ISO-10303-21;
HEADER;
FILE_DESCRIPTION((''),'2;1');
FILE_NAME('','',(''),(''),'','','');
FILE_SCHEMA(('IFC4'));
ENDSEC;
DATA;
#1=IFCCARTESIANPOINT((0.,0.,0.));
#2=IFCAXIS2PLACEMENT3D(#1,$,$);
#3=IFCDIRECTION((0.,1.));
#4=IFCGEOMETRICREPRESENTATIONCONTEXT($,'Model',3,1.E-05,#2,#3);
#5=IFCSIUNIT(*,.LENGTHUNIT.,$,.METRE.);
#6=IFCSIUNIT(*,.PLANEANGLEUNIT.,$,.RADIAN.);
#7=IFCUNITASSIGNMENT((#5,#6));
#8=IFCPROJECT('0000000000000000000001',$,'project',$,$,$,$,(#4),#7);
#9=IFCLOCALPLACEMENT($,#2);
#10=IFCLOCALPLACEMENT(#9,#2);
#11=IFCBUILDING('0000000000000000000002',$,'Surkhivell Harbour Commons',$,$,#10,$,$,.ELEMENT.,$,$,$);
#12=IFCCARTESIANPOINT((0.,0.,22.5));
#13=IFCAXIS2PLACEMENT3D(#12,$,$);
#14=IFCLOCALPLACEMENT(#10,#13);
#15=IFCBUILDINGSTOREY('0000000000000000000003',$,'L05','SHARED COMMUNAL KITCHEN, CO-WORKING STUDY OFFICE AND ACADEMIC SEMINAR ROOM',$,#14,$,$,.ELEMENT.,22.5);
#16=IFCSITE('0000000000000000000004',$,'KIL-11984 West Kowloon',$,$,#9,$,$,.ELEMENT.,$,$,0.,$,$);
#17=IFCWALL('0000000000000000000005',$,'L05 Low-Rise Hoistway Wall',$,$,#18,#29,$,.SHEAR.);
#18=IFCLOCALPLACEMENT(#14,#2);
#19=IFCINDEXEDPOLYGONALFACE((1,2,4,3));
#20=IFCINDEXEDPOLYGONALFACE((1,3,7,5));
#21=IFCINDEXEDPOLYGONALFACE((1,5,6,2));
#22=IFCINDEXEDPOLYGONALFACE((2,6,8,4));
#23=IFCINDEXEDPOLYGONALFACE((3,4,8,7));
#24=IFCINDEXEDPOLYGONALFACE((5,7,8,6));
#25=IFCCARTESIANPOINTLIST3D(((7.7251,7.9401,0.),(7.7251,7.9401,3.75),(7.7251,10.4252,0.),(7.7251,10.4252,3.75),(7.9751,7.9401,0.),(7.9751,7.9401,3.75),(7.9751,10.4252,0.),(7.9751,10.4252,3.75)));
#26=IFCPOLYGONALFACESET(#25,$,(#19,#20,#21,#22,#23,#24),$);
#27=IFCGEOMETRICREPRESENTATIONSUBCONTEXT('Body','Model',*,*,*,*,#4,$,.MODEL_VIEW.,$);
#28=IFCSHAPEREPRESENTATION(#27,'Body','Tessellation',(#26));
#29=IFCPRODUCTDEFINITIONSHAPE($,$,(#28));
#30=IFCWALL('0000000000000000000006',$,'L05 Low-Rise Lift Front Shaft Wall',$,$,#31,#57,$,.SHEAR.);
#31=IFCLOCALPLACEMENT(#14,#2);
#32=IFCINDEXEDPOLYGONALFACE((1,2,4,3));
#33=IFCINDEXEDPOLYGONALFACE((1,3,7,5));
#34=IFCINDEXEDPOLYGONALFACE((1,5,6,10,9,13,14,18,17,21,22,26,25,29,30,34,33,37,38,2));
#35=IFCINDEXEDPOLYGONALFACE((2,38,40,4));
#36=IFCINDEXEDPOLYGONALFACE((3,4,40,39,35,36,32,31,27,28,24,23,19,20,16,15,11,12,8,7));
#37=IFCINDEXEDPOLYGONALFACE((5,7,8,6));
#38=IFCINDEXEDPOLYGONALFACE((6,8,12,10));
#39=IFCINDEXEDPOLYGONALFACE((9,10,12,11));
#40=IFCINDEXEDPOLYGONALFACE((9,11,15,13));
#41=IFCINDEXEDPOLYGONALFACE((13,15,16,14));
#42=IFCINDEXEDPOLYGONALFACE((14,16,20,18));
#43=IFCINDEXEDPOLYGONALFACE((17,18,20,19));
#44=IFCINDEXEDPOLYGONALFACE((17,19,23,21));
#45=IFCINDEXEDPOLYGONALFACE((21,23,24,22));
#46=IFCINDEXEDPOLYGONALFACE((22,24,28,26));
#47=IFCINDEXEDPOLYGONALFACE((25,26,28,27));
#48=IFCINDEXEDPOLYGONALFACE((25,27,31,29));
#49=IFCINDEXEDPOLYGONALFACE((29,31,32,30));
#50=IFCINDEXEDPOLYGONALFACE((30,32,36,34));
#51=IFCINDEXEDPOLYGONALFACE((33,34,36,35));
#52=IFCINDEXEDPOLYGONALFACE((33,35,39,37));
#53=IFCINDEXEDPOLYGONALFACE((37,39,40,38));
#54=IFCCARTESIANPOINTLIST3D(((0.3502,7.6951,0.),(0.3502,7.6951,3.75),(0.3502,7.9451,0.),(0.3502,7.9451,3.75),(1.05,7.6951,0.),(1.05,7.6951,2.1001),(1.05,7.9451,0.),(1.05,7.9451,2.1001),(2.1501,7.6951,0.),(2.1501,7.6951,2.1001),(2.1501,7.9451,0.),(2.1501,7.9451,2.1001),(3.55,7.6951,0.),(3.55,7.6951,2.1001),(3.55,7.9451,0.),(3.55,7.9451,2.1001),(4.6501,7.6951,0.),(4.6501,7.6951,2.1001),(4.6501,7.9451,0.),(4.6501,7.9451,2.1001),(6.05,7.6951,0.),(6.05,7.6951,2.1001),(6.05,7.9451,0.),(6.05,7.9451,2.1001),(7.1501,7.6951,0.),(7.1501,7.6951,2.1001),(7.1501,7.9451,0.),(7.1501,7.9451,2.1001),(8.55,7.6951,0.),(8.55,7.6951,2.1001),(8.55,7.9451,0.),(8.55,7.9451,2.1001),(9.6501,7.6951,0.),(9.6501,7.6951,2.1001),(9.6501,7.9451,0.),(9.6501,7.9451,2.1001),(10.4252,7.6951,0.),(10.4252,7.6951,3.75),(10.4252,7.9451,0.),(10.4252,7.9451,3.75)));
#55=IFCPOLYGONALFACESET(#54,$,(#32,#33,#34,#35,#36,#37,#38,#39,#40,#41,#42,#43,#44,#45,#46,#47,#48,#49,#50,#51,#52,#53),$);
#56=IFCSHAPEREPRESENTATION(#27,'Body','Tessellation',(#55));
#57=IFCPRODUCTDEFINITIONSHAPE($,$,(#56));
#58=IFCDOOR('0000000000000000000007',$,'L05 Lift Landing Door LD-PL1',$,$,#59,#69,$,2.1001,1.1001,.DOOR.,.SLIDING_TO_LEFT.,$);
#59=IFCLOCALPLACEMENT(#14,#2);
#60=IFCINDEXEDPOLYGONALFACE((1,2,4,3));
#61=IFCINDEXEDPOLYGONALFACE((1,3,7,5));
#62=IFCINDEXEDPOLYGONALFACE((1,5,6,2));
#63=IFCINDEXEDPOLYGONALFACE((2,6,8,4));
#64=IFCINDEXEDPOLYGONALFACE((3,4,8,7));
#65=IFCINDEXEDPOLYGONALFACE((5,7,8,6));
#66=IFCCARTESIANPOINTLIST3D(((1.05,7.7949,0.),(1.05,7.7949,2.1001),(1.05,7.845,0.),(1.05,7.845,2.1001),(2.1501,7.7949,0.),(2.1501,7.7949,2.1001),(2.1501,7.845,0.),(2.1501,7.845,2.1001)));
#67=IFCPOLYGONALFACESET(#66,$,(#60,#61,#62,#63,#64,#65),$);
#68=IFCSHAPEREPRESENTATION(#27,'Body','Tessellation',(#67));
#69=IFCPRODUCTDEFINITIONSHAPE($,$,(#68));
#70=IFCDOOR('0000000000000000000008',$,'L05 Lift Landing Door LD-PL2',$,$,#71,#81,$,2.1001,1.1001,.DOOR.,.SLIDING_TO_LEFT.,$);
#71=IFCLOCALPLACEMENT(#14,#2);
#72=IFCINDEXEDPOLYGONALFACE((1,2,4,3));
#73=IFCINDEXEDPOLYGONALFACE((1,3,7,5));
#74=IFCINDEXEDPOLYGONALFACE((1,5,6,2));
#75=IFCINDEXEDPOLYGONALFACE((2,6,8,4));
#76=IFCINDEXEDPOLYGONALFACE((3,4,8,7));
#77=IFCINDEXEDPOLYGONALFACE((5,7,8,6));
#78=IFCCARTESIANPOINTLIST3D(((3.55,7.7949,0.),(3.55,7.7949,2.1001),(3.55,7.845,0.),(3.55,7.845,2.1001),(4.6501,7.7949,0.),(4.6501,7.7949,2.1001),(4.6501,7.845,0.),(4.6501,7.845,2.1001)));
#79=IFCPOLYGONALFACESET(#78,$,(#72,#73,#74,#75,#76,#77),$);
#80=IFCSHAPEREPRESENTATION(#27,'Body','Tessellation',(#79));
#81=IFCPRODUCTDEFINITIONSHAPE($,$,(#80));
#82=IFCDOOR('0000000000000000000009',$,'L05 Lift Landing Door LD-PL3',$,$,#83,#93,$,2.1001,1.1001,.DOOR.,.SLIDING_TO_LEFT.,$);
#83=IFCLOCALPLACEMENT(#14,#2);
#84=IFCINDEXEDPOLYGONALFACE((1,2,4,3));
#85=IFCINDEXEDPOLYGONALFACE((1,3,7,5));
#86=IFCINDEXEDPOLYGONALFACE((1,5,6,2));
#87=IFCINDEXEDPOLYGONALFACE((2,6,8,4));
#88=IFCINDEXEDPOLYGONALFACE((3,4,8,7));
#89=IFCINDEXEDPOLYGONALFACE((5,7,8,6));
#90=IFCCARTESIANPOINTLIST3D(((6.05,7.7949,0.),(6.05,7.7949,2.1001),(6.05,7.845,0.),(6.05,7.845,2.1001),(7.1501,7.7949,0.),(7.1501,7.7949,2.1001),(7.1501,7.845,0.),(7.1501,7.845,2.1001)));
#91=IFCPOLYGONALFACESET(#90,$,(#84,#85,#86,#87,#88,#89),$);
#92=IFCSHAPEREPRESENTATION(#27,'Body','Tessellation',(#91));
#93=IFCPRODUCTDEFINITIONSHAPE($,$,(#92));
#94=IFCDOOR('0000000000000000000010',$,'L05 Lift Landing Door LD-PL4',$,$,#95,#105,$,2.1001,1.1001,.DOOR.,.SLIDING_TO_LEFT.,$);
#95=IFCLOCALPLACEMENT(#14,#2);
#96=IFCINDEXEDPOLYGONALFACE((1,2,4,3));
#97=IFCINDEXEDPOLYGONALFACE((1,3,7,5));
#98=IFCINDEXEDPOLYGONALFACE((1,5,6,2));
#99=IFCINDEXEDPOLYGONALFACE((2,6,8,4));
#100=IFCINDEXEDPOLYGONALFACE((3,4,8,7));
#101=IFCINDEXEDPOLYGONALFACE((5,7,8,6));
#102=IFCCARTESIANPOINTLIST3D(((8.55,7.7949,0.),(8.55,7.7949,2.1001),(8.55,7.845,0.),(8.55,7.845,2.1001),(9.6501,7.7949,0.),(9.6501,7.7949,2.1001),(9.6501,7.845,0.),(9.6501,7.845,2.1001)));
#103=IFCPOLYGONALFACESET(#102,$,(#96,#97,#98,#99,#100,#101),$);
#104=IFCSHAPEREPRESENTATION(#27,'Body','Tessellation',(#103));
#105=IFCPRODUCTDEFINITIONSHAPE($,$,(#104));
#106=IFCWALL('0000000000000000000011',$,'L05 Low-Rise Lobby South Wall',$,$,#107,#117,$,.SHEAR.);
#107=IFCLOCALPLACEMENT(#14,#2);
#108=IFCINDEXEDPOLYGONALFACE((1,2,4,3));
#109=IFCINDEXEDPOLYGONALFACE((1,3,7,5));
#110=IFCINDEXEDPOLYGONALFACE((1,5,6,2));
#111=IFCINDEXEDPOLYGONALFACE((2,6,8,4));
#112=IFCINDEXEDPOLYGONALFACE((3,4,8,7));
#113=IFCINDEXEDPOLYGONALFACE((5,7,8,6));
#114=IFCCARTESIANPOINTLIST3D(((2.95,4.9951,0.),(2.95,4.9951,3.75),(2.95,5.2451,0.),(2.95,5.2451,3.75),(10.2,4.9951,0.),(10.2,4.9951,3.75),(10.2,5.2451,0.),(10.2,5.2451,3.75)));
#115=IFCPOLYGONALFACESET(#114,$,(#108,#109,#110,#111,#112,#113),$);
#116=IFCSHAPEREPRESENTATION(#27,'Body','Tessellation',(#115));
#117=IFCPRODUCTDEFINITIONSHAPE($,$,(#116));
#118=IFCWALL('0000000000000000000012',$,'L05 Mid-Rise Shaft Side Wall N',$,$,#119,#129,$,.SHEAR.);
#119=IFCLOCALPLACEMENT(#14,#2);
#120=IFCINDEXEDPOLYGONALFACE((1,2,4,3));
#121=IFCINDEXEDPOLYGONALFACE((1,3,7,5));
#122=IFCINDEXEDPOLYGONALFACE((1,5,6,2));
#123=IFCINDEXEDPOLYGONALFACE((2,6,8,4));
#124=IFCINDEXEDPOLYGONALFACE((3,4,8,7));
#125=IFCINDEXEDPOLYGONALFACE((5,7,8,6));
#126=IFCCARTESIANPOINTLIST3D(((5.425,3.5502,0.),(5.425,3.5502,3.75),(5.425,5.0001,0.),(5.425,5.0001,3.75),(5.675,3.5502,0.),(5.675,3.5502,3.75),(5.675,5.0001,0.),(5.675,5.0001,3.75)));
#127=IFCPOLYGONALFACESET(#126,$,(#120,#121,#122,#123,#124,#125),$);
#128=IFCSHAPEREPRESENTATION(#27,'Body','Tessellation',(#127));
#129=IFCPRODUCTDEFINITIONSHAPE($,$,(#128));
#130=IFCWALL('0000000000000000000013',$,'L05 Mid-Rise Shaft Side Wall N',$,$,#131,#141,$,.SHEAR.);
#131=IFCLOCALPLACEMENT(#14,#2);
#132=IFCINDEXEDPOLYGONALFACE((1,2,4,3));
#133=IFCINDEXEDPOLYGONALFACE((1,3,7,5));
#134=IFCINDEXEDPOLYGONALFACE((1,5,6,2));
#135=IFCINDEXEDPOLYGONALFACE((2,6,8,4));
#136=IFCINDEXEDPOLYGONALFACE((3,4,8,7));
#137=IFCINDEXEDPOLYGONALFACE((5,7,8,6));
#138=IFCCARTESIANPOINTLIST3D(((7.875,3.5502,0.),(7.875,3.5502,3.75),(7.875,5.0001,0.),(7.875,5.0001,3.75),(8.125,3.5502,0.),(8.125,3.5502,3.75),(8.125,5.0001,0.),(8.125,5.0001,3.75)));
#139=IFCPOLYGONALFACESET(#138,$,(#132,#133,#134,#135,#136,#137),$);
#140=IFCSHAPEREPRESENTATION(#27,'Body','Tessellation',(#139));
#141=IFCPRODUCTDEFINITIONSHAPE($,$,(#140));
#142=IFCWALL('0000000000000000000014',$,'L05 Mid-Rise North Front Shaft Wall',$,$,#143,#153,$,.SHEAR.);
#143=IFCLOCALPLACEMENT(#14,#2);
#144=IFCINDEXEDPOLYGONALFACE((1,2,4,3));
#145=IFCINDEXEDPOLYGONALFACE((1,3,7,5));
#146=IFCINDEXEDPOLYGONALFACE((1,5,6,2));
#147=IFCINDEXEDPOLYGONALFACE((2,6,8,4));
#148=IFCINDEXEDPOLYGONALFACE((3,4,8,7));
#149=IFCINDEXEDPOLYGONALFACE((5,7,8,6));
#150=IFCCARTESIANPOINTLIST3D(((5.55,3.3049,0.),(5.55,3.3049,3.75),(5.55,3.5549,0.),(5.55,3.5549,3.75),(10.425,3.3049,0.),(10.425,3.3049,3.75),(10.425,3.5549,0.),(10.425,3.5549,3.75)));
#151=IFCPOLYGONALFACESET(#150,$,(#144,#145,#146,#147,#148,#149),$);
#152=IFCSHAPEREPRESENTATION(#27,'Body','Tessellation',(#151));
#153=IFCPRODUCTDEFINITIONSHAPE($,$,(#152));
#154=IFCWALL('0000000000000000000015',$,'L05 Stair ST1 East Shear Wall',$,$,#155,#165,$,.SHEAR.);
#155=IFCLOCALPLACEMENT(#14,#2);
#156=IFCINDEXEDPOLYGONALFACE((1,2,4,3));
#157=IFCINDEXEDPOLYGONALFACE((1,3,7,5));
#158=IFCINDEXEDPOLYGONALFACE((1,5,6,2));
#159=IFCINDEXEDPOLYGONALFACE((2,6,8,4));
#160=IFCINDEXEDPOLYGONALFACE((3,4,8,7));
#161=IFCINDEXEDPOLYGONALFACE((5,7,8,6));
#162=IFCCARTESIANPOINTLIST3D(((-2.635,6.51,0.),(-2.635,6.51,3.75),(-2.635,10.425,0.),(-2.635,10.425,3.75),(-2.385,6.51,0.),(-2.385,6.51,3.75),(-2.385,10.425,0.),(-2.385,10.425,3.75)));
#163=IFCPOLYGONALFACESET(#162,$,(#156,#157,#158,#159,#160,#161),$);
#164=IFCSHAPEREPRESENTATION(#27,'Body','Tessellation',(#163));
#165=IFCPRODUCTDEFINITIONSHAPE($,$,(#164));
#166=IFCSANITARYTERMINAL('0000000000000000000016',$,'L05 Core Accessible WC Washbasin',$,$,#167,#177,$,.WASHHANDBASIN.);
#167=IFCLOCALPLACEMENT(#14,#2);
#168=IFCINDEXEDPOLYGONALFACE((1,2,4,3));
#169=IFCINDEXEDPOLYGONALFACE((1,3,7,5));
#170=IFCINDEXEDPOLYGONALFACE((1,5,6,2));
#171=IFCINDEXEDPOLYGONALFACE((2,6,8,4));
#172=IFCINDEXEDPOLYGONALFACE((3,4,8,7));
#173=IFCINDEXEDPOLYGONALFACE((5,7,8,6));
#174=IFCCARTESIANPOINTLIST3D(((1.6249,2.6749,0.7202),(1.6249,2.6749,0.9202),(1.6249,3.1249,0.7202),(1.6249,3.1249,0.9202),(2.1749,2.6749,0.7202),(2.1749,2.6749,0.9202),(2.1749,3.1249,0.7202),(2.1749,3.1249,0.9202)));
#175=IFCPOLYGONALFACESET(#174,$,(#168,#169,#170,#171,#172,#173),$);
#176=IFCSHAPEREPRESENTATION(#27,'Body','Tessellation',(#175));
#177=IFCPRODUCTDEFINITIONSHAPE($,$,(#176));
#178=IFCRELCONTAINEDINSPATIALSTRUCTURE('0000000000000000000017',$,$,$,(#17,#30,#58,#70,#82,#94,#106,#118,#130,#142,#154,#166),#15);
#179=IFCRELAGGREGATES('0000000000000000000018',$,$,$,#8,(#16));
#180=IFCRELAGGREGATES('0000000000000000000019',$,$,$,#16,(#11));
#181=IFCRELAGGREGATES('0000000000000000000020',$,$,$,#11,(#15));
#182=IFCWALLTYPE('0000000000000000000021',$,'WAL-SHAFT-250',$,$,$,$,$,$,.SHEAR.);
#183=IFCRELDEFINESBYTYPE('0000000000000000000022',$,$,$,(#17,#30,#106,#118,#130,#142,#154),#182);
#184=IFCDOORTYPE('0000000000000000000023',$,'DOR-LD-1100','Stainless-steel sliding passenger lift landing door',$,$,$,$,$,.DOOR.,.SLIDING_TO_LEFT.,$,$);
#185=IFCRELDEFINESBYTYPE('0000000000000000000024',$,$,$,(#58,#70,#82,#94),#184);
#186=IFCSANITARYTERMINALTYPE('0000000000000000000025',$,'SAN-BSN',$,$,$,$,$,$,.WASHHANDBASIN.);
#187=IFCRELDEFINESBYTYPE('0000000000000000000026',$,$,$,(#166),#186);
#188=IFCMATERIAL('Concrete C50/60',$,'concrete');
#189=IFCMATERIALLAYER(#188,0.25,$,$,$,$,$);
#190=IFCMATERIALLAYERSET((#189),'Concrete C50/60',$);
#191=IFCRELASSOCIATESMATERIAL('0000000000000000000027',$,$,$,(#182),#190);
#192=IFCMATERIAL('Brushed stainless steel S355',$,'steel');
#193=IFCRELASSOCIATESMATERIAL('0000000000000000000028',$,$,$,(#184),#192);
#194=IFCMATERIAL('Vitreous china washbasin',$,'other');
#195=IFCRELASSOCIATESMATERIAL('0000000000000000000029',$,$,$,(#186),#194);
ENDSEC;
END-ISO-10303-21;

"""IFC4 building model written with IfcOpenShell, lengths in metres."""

from ifc_helpers import new_model, si_unit, direction, frame, frame_2d, origin, origin_2d, place, context, subcontext, project, spatial, rectangle, extrude, material, layer, layer_set, type_object, element, fill, save


model = new_model("IFC4")

# Units and contexts
model_context = context("Model", 3, precision=1e-05, world=origin(), true_north=direction((0.0, 1.0)))
body_context = subcontext(model_context, "Body", "Model", "MODEL_VIEW")
ifc_project = project(units=[si_unit("LENGTHUNIT", "METRE"), si_unit("PLANEANGLEUNIT", "RADIAN")], contexts=[model_context])

# Site, building, storey
site_placement = place(None, origin())
site = spatial("IfcSite", under=ifc_project, at=site_placement, Name="KIL-11984 West Kowloon", CompositionType="ELEMENT", RefElevation=0.0)
building_placement = place(site_placement, origin())
building = spatial("IfcBuilding", under=site, at=building_placement, Name="Surkhivell Harbour Commons", CompositionType="ELEMENT")
storey_placement = place(building_placement, frame((0.0, 0.0, 22.5)))
storey = spatial("IfcBuildingStorey", under=building, at=storey_placement, Name="L05", Description="SHARED COMMUNAL KITCHEN, CO-WORKING STUDY OFFICE AND ACADEMIC SEMINAR ROOM", CompositionType="ELEMENT", Elevation=22.5)

# Wall
ifc_material_1 = material(Name="Concrete C50/60", Category="concrete")
ifc_layer_1 = layer(ifc_material_1, 0.25)
ifc_layer_set_1 = layer_set([ifc_layer_1], Name="Concrete C50/60")
wall_type_1 = type_object("IfcWallType", Name="WAL-SHAFT-250", PredefinedType="SHEAR", material=ifc_layer_set_1)
wall_1_placement = place(storey_placement, frame((7.8501, 7.9399, 0.0), z_axis=(0.0, 0.0, 1.0), x_axis=(0.0, 1.0, 0.0)))
element("IfcWall", 1, at=wall_1_placement, inside=storey, type_object=wall_type_1, Name="L05 Low-Rise Hoistway Wall", PredefinedType="SHEAR", context=body_context, shape_type="SweptSolid", body=[
    extrude(rectangle(XDim=2.4851, YDim=0.25, at=frame_2d((1.2427, 0.0))), origin(), (0.0, 0.0, 1.0), 3.75),
])

# Wall, openings, doors
wall_2_placement = place(storey_placement, frame((0.3501, 7.8201, 0.0), z_axis=(0.0, 0.0, 1.0), x_axis=(1.0, 0.0, 0.0)))
wall_2 = element("IfcWall", 2, at=wall_2_placement, inside=storey, type_object=wall_type_1, Name="L05 Low-Rise Lift Front Shaft Wall", PredefinedType="SHEAR", context=body_context, shape_type="SweptSolid", body=[
    extrude(rectangle(XDim=10.075, YDim=0.25, at=frame_2d((5.0376, 0.0))), origin(), (0.0, 0.0, 1.0), 3.75),
])
opening_1_placement = place(wall_2_placement, frame((0.7, 0.0, 0.0)))
opening_1 = element("IfcOpeningElement", 3, at=opening_1_placement, cuts=wall_2, PredefinedType="OPENING", context=body_context, shape_type="SweptSolid", body=[
    extrude(rectangle(XDim=1.1001, YDim=2.1001, at=frame_2d((0.55, 1.05))), frame((0.0, 0.135, 0.0), z_axis=(0.0, -1.0, 0.0), x_axis=(1.0, 0.0, 0.0)), (0.0, 0.0, 1.0), 0.27),
])
opening_2_placement = place(wall_2_placement, frame((3.2, 0.0, 0.0)))
opening_2 = element("IfcOpeningElement", 4, at=opening_2_placement, cuts=wall_2, PredefinedType="OPENING", context=body_context, shape_type="SweptSolid", body=[
    extrude(rectangle(XDim=1.1001, YDim=2.1001, at=frame_2d((0.55, 1.05))), frame((0.0, 0.135, 0.0), z_axis=(0.0, -1.0, 0.0), x_axis=(1.0, 0.0, 0.0)), (0.0, 0.0, 1.0), 0.27),
])
opening_3_placement = place(wall_2_placement, frame((5.7, 0.0, 0.0)))
opening_3 = element("IfcOpeningElement", 5, at=opening_3_placement, cuts=wall_2, PredefinedType="OPENING", context=body_context, shape_type="SweptSolid", body=[
    extrude(rectangle(XDim=1.1001, YDim=2.1001, at=frame_2d((0.55, 1.05))), frame((0.0, 0.135, 0.0), z_axis=(0.0, -1.0, 0.0), x_axis=(1.0, 0.0, 0.0)), (0.0, 0.0, 1.0), 0.27),
])
opening_4_placement = place(wall_2_placement, frame((8.2, 0.0, 0.0)))
opening_4 = element("IfcOpeningElement", 6, at=opening_4_placement, cuts=wall_2, PredefinedType="OPENING", context=body_context, shape_type="SweptSolid", body=[
    extrude(rectangle(XDim=1.1001, YDim=2.1001, at=frame_2d((0.55, 1.05))), frame((0.0, 0.135, 0.0), z_axis=(0.0, -1.0, 0.0), x_axis=(1.0, 0.0, 0.0)), (0.0, 0.0, 1.0), 0.27),
])
ifc_material_2 = material(Name="Brushed stainless steel S355", Category="steel")
door_type = type_object("IfcDoorType", Name="DOR-LD-1100", Description="Stainless-steel sliding passenger lift landing door", OperationType="SLIDING_TO_LEFT", PredefinedType="DOOR", material=ifc_material_2)
door_1_placement = place(opening_1_placement, origin())
door_1 = element("IfcDoor", 7, at=door_1_placement, inside=storey, type_object=door_type, Name="L05 Lift Landing Door LD-PL1", OperationType="SLIDING_TO_LEFT", OverallHeight=2.1001, OverallWidth=1.1001, PredefinedType="DOOR", context=body_context, shape_type="SweptSolid", body=[
    extrude(rectangle(XDim=1.1001, YDim=2.1001, at=frame_2d((0.55, 1.05))), frame((0.0, 0.0249, 0.0), z_axis=(0.0, -1.0, 0.0), x_axis=(1.0, 0.0, 0.0)), (0.0, 0.0, 1.0), 0.05),
])
fill(opening_1, door_1)
door_2_placement = place(opening_2_placement, origin())
door_2 = element("IfcDoor", 8, at=door_2_placement, inside=storey, type_object=door_type, Name="L05 Lift Landing Door LD-PL2", OperationType="SLIDING_TO_LEFT", OverallHeight=2.1001, OverallWidth=1.1001, PredefinedType="DOOR", context=body_context, shape_type="SweptSolid", body=[
    extrude(rectangle(XDim=1.1001, YDim=2.1001, at=frame_2d((0.55, 1.05))), frame((0.0, 0.0249, 0.0), z_axis=(0.0, -1.0, 0.0), x_axis=(1.0, 0.0, 0.0)), (0.0, 0.0, 1.0), 0.05),
])
fill(opening_2, door_2)
door_3_placement = place(opening_3_placement, origin())
door_3 = element("IfcDoor", 9, at=door_3_placement, inside=storey, type_object=door_type, Name="L05 Lift Landing Door LD-PL3", OperationType="SLIDING_TO_LEFT", OverallHeight=2.1001, OverallWidth=1.1001, PredefinedType="DOOR", context=body_context, shape_type="SweptSolid", body=[
    extrude(rectangle(XDim=1.1001, YDim=2.1001, at=frame_2d((0.55, 1.05))), frame((0.0, 0.0249, 0.0), z_axis=(0.0, -1.0, 0.0), x_axis=(1.0, 0.0, 0.0)), (0.0, 0.0, 1.0), 0.05),
])
fill(opening_3, door_3)
door_4_placement = place(opening_4_placement, origin())
door_4 = element("IfcDoor", 10, at=door_4_placement, inside=storey, type_object=door_type, Name="L05 Lift Landing Door LD-PL4", OperationType="SLIDING_TO_LEFT", OverallHeight=2.1001, OverallWidth=1.1001, PredefinedType="DOOR", context=body_context, shape_type="SweptSolid", body=[
    extrude(rectangle(XDim=1.1001, YDim=2.1001, at=frame_2d((0.55, 1.05))), frame((0.0, 0.0249, 0.0), z_axis=(0.0, -1.0, 0.0), x_axis=(1.0, 0.0, 0.0)), (0.0, 0.0, 1.0), 0.05),
])
fill(opening_4, door_4)

# Walls
wall_3_placement = place(storey_placement, frame((2.95, 5.1201, 0.0), z_axis=(0.0, 0.0, 1.0), x_axis=(1.0, 0.0, 0.0)))
element("IfcWall", 11, at=wall_3_placement, inside=storey, type_object=wall_type_1, Name="L05 Low-Rise Lobby South Wall", PredefinedType="SHEAR", context=body_context, shape_type="SweptSolid", body=[
    extrude(rectangle(XDim=7.25, YDim=0.25, at=frame_2d((3.625, 0.0))), origin(), (0.0, 0.0, 1.0), 3.75),
])
for number, where, z_axis, x_axis, name in (
    (12, (5.55, 3.55, 0.0), (0.0, 0.0, 1.0), (0.0, 1.0, 0.0), "L05 Mid-Rise Shaft Side Wall N"),
    (13, (8.0, 3.55, 0.0), (0.0, 0.0, 1.0), (0.0, 1.0, 0.0), "L05 Mid-Rise Shaft Side Wall N"),
):
    element("IfcWall", number, at=place(storey_placement, frame(where, z_axis=z_axis, x_axis=x_axis)), inside=storey, type_object=wall_type_1, Name=name, PredefinedType="SHEAR", context=body_context, shape_type="SweptSolid", body=[
        extrude(rectangle(XDim=1.45, YDim=0.25, at=frame_2d((0.7251, 0.0))), origin(), (0.0, 0.0, 1.0), 3.75),
    ])
wall_4_placement = place(storey_placement, frame((5.55, 3.4299, 0.0), z_axis=(0.0, 0.0, 1.0), x_axis=(1.0, 0.0, 0.0)))
element("IfcWall", 14, at=wall_4_placement, inside=storey, type_object=wall_type_1, Name="L05 Mid-Rise North Front Shaft Wall", PredefinedType="SHEAR", context=body_context, shape_type="SweptSolid", body=[
    extrude(rectangle(XDim=4.875, YDim=0.25, at=frame_2d((2.4375, 0.0))), origin(), (0.0, 0.0, 1.0), 3.75),
])
wall_5_placement = place(storey_placement, frame((-2.51, 6.51, 0.0), z_axis=(0.0, 0.0, 1.0), x_axis=(0.0, 1.0, 0.0)))
element("IfcWall", 15, at=wall_5_placement, inside=storey, type_object=wall_type_1, Name="L05 Stair ST1 East Shear Wall", PredefinedType="SHEAR", context=body_context, shape_type="SweptSolid", body=[
    extrude(rectangle(XDim=3.915, YDim=0.25, at=frame_2d((1.9575, 0.0))), origin(), (0.0, 0.0, 1.0), 3.75),
])

# Sanitary terminal
ifc_material_3 = material(Name="Vitreous china washbasin", Category="other")
sanitary_terminal_type_1 = type_object("IfcSanitaryTerminalType", Name="SAN-BSN", PredefinedType="WASHHANDBASIN", material=ifc_material_3)
sanitary_terminal_1_placement = place(storey_placement, frame((1.8999, 2.8999, 0.7202), z_axis=(0.0, 0.0, 1.0), x_axis=(1.0, 0.0, 0.0)))
element("IfcSanitaryTerminal", 16, at=sanitary_terminal_1_placement, inside=storey, type_object=sanitary_terminal_type_1, Name="L05 Core Accessible WC Washbasin", PredefinedType="WASHHANDBASIN", context=body_context, shape_type="SweptSolid", body=[
    extrude(rectangle(XDim=0.55, YDim=0.45, at=origin_2d()), origin(), (0.0, 0.0, 1.0), 0.2),
])

save(model, "model.ifc")
